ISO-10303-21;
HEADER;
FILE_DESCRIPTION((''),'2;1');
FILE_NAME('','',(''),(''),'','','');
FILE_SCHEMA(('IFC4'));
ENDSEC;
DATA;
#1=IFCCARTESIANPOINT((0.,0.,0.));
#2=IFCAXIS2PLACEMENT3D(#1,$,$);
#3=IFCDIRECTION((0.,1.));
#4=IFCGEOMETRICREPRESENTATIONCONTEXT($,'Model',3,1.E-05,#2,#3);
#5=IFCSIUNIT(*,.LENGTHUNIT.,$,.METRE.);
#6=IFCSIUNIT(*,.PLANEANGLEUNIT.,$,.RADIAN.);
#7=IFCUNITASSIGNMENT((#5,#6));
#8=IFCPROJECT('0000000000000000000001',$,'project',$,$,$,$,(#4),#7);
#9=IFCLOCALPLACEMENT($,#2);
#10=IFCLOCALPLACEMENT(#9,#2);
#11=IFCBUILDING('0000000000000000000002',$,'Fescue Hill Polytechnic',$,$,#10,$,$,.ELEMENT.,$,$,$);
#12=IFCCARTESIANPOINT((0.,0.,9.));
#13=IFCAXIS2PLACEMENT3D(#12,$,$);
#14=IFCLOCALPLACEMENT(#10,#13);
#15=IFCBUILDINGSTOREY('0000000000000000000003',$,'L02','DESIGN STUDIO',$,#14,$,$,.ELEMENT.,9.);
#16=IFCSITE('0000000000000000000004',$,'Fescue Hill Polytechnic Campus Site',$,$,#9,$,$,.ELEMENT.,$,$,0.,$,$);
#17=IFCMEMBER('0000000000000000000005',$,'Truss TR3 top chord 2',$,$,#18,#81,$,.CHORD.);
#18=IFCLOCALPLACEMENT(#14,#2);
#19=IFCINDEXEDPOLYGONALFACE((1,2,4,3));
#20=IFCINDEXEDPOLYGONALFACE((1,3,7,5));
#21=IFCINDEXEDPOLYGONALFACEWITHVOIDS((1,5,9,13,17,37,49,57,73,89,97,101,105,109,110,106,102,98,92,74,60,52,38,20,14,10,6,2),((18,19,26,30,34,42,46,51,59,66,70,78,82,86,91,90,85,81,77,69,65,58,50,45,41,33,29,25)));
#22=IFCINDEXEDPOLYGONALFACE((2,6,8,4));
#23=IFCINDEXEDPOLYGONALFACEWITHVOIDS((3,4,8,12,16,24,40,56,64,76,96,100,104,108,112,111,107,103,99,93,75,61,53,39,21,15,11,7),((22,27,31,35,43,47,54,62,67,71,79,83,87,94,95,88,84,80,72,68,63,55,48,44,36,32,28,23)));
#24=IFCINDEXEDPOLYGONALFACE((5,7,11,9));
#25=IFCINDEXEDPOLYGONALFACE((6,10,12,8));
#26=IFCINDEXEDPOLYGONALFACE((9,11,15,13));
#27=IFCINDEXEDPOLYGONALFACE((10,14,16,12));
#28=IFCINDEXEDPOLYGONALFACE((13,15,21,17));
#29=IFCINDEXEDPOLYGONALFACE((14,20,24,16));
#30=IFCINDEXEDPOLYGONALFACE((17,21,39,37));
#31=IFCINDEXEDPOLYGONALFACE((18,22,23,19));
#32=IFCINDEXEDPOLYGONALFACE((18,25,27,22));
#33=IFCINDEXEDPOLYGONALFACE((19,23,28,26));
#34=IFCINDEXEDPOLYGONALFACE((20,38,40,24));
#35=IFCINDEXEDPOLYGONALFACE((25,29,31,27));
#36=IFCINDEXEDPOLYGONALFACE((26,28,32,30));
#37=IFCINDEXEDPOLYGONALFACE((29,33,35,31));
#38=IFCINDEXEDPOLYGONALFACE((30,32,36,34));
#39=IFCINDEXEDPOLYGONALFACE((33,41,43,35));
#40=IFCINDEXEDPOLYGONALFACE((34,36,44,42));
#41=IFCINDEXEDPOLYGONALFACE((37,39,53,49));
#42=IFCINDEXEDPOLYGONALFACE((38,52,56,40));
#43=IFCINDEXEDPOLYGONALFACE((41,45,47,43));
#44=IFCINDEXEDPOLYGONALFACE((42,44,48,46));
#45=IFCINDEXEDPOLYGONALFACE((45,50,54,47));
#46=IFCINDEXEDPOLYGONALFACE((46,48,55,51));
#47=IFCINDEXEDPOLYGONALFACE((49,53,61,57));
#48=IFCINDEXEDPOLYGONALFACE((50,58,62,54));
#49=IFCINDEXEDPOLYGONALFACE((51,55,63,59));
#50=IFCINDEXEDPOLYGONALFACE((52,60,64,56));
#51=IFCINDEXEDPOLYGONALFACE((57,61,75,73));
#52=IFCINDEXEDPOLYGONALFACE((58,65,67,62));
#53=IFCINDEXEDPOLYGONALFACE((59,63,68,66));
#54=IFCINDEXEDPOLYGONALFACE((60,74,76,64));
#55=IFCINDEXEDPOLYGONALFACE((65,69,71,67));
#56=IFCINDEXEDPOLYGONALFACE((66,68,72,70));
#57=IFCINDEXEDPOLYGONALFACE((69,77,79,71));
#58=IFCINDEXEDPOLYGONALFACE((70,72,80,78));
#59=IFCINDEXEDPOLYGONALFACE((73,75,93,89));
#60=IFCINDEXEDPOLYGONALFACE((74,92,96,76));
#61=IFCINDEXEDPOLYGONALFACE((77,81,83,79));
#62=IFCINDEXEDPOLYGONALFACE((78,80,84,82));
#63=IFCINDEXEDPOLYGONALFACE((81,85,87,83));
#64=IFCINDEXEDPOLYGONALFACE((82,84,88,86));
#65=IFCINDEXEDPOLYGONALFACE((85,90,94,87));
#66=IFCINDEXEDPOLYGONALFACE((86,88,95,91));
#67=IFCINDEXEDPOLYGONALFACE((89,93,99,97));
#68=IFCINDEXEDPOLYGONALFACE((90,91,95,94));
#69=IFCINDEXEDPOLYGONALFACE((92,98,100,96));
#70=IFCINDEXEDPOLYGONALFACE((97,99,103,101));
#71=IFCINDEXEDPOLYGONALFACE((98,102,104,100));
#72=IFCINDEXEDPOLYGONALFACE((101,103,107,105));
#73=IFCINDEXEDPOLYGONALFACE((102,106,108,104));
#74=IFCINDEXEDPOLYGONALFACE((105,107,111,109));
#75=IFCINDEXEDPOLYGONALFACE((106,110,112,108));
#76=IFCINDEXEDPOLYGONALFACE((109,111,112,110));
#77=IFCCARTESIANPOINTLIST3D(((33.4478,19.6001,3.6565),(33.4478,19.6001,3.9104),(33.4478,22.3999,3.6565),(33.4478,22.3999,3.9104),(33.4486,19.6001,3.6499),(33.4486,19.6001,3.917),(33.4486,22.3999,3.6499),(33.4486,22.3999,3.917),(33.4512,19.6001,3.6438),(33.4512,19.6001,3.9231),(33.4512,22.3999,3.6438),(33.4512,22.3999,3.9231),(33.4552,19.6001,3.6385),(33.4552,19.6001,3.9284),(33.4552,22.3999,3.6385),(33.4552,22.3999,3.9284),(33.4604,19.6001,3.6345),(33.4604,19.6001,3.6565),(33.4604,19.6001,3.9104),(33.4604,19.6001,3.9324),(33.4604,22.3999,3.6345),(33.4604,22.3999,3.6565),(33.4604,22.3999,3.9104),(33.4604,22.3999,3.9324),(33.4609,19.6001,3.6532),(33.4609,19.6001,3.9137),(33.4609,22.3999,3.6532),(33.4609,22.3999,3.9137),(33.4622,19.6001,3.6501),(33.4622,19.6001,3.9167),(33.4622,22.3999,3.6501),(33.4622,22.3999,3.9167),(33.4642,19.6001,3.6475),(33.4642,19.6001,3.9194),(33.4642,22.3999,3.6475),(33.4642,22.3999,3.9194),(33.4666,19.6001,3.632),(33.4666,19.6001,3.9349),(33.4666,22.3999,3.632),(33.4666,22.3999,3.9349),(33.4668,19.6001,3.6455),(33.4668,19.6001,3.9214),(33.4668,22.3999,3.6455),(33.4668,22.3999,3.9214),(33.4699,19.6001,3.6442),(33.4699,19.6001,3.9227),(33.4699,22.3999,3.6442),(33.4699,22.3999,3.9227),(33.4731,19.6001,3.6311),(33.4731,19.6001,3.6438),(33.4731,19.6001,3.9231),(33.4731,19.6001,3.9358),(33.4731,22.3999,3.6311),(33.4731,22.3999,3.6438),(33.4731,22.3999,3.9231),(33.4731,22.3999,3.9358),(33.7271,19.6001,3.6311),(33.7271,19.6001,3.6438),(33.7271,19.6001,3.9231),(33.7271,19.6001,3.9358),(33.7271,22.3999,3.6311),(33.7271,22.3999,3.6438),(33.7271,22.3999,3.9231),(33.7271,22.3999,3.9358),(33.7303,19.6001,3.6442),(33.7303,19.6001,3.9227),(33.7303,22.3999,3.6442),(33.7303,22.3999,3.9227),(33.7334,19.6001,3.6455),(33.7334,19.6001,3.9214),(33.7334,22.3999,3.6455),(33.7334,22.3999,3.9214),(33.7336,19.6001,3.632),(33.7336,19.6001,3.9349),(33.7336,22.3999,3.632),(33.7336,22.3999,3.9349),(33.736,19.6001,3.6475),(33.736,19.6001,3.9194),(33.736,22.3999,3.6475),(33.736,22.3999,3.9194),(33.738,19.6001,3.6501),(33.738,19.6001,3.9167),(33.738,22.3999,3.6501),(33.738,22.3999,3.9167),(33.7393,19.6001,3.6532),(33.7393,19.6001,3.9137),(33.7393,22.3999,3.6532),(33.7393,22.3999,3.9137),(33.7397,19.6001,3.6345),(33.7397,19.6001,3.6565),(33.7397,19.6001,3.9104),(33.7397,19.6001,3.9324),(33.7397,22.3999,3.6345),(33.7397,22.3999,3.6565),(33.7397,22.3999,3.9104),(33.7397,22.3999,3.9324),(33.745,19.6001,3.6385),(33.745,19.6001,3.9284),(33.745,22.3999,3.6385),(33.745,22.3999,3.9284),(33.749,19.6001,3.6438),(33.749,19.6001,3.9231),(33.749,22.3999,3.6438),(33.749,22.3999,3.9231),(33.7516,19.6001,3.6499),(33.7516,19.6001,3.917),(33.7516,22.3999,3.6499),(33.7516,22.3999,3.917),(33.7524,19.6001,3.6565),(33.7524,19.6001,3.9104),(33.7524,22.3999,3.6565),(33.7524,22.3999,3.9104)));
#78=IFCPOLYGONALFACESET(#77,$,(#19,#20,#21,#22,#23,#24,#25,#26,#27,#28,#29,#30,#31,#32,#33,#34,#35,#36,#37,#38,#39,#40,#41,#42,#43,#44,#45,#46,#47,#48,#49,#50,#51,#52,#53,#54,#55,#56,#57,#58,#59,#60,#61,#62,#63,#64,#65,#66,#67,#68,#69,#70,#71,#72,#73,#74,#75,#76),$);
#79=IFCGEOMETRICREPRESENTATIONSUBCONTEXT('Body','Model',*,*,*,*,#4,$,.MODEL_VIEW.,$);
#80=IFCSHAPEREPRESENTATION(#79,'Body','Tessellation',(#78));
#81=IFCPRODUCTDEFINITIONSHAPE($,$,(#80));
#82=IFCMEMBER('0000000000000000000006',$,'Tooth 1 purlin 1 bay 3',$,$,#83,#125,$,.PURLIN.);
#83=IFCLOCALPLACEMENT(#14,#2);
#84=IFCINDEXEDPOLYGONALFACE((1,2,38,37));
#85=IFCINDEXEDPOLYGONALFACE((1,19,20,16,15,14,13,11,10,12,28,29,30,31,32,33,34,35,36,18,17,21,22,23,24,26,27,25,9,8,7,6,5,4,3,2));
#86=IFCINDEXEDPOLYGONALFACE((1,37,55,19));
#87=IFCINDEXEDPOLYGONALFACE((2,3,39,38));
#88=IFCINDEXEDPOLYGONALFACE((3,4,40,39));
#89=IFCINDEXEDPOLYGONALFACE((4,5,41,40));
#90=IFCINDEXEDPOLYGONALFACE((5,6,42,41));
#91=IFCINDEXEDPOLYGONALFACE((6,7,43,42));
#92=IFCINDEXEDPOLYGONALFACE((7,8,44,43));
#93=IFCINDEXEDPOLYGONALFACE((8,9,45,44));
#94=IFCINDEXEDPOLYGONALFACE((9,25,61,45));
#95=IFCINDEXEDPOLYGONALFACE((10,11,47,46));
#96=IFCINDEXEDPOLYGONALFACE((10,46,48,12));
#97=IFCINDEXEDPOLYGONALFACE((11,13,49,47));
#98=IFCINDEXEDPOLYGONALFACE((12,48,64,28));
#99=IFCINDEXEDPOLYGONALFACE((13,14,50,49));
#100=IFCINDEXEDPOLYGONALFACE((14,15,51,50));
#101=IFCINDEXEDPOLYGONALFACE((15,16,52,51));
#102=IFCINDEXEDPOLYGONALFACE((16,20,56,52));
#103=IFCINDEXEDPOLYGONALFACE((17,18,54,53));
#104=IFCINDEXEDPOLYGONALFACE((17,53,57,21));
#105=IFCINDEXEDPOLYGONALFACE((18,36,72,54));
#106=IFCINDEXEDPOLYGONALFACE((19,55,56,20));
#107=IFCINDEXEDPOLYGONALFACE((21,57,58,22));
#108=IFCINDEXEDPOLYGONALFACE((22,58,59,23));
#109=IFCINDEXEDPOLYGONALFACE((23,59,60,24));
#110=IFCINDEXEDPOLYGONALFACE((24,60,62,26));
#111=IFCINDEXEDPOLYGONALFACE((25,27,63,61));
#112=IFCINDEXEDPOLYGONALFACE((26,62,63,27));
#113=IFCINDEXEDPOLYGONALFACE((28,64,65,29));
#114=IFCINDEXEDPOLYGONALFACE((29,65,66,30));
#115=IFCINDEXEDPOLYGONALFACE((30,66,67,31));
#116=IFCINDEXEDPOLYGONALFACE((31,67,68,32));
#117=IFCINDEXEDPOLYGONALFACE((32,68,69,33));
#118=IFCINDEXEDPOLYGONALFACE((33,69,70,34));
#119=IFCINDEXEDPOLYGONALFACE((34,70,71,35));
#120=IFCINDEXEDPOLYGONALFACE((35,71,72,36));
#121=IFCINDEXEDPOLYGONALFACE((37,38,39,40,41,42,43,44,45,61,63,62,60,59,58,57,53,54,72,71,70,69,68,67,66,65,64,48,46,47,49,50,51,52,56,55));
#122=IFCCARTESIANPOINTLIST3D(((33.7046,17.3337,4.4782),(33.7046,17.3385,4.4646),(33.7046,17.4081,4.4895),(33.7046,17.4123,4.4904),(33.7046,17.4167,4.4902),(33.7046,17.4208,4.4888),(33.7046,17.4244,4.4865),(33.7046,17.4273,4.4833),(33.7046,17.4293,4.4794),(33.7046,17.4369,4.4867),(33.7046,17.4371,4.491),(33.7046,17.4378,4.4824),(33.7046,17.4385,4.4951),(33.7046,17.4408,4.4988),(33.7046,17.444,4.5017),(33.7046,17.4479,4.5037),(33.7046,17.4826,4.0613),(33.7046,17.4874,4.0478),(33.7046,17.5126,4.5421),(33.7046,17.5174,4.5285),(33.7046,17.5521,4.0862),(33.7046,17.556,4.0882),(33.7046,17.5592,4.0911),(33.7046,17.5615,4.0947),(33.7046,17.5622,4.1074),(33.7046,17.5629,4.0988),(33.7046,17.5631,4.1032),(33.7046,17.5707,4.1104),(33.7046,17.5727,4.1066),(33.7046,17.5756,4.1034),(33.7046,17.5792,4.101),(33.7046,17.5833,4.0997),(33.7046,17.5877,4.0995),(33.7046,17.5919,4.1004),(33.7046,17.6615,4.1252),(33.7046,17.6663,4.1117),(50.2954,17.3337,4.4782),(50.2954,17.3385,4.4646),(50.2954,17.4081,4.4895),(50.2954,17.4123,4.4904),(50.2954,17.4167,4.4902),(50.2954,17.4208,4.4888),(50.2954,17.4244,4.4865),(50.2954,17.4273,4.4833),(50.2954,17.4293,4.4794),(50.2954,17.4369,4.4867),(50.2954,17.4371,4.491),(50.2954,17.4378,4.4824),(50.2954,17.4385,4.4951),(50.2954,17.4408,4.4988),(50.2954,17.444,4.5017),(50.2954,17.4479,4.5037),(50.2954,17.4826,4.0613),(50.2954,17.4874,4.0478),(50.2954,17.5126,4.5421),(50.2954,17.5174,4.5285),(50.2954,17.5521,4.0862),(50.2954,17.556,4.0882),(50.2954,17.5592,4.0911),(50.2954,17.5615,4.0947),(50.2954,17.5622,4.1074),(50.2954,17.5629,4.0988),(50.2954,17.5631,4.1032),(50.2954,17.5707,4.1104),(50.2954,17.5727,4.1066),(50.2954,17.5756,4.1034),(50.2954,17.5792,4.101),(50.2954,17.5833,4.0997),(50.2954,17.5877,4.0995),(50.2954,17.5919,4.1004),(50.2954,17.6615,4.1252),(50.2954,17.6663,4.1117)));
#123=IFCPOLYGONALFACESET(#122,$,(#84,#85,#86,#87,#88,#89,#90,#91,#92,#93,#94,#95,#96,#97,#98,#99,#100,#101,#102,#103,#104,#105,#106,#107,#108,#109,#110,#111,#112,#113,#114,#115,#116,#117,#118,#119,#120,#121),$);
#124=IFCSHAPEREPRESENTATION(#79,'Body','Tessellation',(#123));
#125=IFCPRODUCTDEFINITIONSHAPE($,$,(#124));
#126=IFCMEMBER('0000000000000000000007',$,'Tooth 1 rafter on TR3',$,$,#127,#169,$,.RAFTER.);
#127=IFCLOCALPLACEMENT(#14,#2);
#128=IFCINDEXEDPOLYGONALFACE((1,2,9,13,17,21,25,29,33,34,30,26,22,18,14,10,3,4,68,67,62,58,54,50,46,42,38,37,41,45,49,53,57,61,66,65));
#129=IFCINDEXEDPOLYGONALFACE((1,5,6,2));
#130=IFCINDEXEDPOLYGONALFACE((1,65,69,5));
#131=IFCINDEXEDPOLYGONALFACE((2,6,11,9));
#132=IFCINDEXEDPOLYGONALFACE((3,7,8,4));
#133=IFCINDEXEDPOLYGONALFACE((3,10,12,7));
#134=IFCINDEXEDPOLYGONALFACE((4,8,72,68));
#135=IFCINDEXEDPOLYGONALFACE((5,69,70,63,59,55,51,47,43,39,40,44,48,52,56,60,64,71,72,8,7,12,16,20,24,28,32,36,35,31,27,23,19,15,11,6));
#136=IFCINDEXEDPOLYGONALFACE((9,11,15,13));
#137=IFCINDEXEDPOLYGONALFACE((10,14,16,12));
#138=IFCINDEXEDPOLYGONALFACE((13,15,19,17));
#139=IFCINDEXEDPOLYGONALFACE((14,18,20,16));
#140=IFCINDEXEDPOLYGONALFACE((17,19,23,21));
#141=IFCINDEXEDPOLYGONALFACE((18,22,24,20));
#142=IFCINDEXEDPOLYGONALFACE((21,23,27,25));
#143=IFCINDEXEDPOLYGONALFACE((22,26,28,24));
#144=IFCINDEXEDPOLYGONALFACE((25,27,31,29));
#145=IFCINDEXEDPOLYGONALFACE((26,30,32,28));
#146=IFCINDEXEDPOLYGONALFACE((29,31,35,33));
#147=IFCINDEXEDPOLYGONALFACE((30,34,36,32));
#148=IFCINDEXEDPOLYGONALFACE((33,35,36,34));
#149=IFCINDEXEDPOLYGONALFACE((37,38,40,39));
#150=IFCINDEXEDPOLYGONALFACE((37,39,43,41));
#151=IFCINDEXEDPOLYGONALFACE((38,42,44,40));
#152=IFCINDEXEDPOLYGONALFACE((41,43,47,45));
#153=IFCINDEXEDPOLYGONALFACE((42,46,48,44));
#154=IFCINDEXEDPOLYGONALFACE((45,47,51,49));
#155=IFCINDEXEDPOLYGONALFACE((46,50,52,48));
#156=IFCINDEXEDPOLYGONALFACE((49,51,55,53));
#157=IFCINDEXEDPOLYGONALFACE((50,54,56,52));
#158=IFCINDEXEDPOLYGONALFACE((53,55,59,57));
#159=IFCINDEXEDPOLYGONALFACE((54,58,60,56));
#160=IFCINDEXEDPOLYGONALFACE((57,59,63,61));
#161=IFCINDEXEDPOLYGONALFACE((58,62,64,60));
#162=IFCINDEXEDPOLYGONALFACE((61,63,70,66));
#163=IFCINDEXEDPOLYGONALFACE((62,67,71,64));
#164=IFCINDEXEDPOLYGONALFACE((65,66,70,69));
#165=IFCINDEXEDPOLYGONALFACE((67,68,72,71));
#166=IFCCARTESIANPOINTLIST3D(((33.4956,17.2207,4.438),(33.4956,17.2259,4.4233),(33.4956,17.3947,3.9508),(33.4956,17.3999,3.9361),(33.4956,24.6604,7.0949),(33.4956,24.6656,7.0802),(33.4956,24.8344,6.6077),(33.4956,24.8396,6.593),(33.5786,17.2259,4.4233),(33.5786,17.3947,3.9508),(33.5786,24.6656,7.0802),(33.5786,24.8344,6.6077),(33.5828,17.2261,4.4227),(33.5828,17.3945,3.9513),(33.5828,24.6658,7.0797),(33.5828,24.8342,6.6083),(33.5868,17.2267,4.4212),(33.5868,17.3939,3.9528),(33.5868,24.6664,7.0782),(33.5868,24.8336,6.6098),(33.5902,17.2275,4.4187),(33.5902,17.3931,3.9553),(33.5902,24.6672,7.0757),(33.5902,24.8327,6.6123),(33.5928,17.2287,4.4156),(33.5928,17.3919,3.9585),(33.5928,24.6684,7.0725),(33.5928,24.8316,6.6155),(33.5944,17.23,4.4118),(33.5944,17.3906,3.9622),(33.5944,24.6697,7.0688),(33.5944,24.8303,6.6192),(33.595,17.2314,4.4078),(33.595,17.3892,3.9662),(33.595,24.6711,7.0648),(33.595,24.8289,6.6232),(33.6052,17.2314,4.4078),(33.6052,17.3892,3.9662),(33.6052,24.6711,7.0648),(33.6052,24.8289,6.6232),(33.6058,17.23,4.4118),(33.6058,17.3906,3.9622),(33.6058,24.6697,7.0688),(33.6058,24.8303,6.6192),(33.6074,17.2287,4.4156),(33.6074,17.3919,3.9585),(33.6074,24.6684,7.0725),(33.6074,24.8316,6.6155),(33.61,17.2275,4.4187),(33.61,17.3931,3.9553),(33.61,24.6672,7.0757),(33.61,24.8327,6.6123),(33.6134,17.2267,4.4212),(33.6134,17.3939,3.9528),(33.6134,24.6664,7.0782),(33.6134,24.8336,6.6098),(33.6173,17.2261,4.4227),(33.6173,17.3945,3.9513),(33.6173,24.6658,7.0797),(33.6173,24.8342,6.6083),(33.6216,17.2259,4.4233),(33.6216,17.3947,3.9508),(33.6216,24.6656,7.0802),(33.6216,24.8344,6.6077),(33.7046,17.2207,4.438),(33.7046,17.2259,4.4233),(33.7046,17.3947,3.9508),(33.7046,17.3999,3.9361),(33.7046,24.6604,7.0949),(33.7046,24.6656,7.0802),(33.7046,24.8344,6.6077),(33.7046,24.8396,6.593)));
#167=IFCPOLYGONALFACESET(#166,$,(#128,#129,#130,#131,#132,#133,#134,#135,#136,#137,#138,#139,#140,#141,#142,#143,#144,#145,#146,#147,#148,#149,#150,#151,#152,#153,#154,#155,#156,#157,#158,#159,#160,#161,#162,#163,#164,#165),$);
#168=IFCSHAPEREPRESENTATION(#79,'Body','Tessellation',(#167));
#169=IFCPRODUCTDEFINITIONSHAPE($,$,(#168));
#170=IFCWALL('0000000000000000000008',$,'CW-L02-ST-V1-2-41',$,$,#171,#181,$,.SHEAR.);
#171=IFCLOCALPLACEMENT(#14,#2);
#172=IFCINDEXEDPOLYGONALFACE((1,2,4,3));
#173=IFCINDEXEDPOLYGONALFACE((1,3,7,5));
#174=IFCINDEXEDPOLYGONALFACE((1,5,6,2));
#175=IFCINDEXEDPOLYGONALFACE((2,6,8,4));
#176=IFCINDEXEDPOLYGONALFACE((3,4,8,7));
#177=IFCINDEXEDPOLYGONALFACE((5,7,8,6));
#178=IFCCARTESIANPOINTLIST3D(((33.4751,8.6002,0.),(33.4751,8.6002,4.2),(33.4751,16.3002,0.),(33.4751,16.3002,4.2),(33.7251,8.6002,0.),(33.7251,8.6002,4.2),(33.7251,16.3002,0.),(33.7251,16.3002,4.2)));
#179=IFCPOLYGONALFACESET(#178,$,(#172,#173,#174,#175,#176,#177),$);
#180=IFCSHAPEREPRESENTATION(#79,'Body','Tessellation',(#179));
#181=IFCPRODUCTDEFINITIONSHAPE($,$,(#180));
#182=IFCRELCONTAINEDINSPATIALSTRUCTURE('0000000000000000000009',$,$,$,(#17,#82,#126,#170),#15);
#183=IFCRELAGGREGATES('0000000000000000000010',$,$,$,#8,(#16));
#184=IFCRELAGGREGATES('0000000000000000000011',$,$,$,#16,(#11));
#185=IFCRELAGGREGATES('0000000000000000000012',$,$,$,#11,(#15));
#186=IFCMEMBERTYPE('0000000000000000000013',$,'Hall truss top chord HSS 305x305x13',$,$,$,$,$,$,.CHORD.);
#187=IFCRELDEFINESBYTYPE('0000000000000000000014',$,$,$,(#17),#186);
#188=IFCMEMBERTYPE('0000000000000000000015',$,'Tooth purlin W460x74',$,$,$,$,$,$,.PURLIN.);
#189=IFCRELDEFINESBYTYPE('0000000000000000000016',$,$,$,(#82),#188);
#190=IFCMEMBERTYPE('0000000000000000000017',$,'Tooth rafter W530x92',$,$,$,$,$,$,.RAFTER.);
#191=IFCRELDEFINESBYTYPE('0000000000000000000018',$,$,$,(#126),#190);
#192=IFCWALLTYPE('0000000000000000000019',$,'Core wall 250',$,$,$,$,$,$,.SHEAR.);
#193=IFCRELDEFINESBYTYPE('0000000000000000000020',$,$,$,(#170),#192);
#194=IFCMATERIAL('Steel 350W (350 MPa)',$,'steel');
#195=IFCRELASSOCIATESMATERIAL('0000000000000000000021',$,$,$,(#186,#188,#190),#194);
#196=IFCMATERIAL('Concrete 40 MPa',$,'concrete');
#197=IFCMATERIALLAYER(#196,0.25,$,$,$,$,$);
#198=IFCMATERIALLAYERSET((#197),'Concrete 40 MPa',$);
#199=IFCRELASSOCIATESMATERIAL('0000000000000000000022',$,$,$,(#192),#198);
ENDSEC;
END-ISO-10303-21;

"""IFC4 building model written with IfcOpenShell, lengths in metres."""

from ifc_helpers import new_model, si_unit, direction, frame, frame_2d, origin, origin_2d, place, context, subcontext, project, spatial, rectangle, hollow_rectangle, i_section, extrude, material, layer, layer_set, material_profile, profile_set, type_object, element, save


model = new_model("IFC4")

# Units and contexts
model_context = context("Model", 3, precision=1e-05, world=origin(), true_north=direction((0.0, 1.0)))
body_context = subcontext(model_context, "Body", "Model", "MODEL_VIEW")
ifc_project = project(units=[si_unit("LENGTHUNIT", "METRE"), si_unit("PLANEANGLEUNIT", "RADIAN")], contexts=[model_context])

# Site, building, storey
site_placement = place(None, origin())
site = spatial("IfcSite", under=ifc_project, at=site_placement, Name="Fescue Hill Polytechnic Campus Site", CompositionType="ELEMENT", RefElevation=0.0)
building_placement = place(site_placement, origin())
building = spatial("IfcBuilding", under=site, at=building_placement, Name="Fescue Hill Polytechnic", CompositionType="ELEMENT")
storey_placement = place(building_placement, frame((0.0, 0.0, 9.0)))
storey = spatial("IfcBuildingStorey", under=building, at=storey_placement, Name="L02", Description="DESIGN STUDIO", CompositionType="ELEMENT", Elevation=9.0)

# Shared definitions
ifc_material_1 = material(Name="Concrete 40 MPa", Category="concrete")

# Members
ifc_material_2 = material(Name="Steel 350W (350 MPa)", Category="steel")
ifc_material_profile_1 = material_profile(ifc_material_2, hollow_rectangle(XDim=0.3047, YDim=0.3047, WallThickness=0.0127, InnerFilletRadius=0.0127, OuterFilletRadius=0.0254, at=origin_2d()), Name="Hall truss top chord HSS 305x305x13")
ifc_profile_set_1 = profile_set([ifc_material_profile_1], Name="Steel 350W (350 MPa)")
member_type_1 = type_object("IfcMemberType", Name="Hall truss top chord HSS 305x305x13", PredefinedType="CHORD", material=ifc_profile_set_1)
member_1_placement = place(storey_placement, frame((33.6001, 19.6001, 3.7834), z_axis=(0.0, 1.0, 0.0), x_axis=(-1.0, 0.0, 0.0)))
element("IfcMember", 1, at=member_1_placement, inside=storey, type_object=member_type_1, Name="Truss TR3 top chord 2", PredefinedType="CHORD", context=body_context, shape_type="SweptSolid", body=[
    extrude(hollow_rectangle(XDim=0.3047, YDim=0.3047, WallThickness=0.0127, InnerFilletRadius=0.0127, OuterFilletRadius=0.0254, at=origin_2d()), origin(), (0.0, 0.0, 1.0), 2.7998),
])
ifc_material_profile_2 = material_profile(ifc_material_2, i_section(OverallWidth=0.1899, OverallDepth=0.457, WebThickness=0.009, FlangeThickness=0.0144, FilletRadius=0.0166, at=origin_2d()), Name="W460x74")
ifc_profile_set_2 = profile_set([ifc_material_profile_2], Name="Steel 350W (350 MPa)")
member_type_2 = type_object("IfcMemberType", Name="Tooth purlin W460x74", PredefinedType="PURLIN", material=ifc_profile_set_2)
member_2_placement = place(storey_placement, frame((33.7046, 17.5, 4.2949), z_axis=(1.0, 0.0, 0.0), x_axis=(0.0, 0.941742, 0.336336)))
element("IfcMember", 2, at=member_2_placement, inside=storey, type_object=member_type_2, Name="Tooth 1 purlin 1 bay 3", PredefinedType="PURLIN", context=body_context, shape_type="SweptSolid", body=[
    extrude(i_section(OverallWidth=0.1899, OverallDepth=0.457, WebThickness=0.009, FlangeThickness=0.0144, FilletRadius=0.0166, at=origin_2d()), origin(), (0.0, 0.0, 1.0), 16.5908),
])
ifc_material_profile_3 = material_profile(ifc_material_2, i_section(OverallWidth=0.209, OverallDepth=0.533, WebThickness=0.0103, FlangeThickness=0.0156, FilletRadius=0.0164, at=origin_2d()), Name="W530x92")
ifc_profile_set_3 = profile_set([ifc_material_profile_3], Name="Steel 350W (350 MPa)")
member_type_3 = type_object("IfcMemberType", Name="Tooth rafter W530x92", PredefinedType="RAFTER", material=ifc_profile_set_3)
member_3_placement = place(storey_placement, frame((33.6001, 17.3103, 4.187), z_axis=(0.0, 0.941744, 0.336331), x_axis=(-1.0, 0.0, 0.0)))
element("IfcMember", 3, at=member_3_placement, inside=storey, type_object=member_type_3, Name="Tooth 1 rafter on TR3", PredefinedType="RAFTER", context=body_context, shape_type="SweptSolid", body=[
    extrude(i_section(OverallWidth=0.209, OverallDepth=0.533, WebThickness=0.0103, FlangeThickness=0.0156, FilletRadius=0.0164, at=origin_2d()), origin(), (0.0, 0.0, 1.0), 7.8999),
])

# Wall
ifc_layer_1 = layer(ifc_material_1, 0.25)
ifc_layer_set_1 = layer_set([ifc_layer_1], Name="Concrete 40 MPa")
wall_type_1 = type_object("IfcWallType", Name="Core wall 250", PredefinedType="SHEAR", material=ifc_layer_set_1)
wall_1_placement = place(storey_placement, frame((33.6001, 8.6001, 0.0), z_axis=(0.0, 0.0, 1.0), x_axis=(0.0, 1.0, 0.0)))
element("IfcWall", 4, at=wall_1_placement, inside=storey, type_object=wall_type_1, Name="CW-L02-ST-V1-2-41", PredefinedType="SHEAR", context=body_context, shape_type="SweptSolid", body=[
    extrude(rectangle(XDim=7.7, YDim=0.25, at=frame_2d((3.8501, 0.0))), origin(), (0.0, 0.0, 1.0), 4.2),
])

save(model, "model.ifc")
